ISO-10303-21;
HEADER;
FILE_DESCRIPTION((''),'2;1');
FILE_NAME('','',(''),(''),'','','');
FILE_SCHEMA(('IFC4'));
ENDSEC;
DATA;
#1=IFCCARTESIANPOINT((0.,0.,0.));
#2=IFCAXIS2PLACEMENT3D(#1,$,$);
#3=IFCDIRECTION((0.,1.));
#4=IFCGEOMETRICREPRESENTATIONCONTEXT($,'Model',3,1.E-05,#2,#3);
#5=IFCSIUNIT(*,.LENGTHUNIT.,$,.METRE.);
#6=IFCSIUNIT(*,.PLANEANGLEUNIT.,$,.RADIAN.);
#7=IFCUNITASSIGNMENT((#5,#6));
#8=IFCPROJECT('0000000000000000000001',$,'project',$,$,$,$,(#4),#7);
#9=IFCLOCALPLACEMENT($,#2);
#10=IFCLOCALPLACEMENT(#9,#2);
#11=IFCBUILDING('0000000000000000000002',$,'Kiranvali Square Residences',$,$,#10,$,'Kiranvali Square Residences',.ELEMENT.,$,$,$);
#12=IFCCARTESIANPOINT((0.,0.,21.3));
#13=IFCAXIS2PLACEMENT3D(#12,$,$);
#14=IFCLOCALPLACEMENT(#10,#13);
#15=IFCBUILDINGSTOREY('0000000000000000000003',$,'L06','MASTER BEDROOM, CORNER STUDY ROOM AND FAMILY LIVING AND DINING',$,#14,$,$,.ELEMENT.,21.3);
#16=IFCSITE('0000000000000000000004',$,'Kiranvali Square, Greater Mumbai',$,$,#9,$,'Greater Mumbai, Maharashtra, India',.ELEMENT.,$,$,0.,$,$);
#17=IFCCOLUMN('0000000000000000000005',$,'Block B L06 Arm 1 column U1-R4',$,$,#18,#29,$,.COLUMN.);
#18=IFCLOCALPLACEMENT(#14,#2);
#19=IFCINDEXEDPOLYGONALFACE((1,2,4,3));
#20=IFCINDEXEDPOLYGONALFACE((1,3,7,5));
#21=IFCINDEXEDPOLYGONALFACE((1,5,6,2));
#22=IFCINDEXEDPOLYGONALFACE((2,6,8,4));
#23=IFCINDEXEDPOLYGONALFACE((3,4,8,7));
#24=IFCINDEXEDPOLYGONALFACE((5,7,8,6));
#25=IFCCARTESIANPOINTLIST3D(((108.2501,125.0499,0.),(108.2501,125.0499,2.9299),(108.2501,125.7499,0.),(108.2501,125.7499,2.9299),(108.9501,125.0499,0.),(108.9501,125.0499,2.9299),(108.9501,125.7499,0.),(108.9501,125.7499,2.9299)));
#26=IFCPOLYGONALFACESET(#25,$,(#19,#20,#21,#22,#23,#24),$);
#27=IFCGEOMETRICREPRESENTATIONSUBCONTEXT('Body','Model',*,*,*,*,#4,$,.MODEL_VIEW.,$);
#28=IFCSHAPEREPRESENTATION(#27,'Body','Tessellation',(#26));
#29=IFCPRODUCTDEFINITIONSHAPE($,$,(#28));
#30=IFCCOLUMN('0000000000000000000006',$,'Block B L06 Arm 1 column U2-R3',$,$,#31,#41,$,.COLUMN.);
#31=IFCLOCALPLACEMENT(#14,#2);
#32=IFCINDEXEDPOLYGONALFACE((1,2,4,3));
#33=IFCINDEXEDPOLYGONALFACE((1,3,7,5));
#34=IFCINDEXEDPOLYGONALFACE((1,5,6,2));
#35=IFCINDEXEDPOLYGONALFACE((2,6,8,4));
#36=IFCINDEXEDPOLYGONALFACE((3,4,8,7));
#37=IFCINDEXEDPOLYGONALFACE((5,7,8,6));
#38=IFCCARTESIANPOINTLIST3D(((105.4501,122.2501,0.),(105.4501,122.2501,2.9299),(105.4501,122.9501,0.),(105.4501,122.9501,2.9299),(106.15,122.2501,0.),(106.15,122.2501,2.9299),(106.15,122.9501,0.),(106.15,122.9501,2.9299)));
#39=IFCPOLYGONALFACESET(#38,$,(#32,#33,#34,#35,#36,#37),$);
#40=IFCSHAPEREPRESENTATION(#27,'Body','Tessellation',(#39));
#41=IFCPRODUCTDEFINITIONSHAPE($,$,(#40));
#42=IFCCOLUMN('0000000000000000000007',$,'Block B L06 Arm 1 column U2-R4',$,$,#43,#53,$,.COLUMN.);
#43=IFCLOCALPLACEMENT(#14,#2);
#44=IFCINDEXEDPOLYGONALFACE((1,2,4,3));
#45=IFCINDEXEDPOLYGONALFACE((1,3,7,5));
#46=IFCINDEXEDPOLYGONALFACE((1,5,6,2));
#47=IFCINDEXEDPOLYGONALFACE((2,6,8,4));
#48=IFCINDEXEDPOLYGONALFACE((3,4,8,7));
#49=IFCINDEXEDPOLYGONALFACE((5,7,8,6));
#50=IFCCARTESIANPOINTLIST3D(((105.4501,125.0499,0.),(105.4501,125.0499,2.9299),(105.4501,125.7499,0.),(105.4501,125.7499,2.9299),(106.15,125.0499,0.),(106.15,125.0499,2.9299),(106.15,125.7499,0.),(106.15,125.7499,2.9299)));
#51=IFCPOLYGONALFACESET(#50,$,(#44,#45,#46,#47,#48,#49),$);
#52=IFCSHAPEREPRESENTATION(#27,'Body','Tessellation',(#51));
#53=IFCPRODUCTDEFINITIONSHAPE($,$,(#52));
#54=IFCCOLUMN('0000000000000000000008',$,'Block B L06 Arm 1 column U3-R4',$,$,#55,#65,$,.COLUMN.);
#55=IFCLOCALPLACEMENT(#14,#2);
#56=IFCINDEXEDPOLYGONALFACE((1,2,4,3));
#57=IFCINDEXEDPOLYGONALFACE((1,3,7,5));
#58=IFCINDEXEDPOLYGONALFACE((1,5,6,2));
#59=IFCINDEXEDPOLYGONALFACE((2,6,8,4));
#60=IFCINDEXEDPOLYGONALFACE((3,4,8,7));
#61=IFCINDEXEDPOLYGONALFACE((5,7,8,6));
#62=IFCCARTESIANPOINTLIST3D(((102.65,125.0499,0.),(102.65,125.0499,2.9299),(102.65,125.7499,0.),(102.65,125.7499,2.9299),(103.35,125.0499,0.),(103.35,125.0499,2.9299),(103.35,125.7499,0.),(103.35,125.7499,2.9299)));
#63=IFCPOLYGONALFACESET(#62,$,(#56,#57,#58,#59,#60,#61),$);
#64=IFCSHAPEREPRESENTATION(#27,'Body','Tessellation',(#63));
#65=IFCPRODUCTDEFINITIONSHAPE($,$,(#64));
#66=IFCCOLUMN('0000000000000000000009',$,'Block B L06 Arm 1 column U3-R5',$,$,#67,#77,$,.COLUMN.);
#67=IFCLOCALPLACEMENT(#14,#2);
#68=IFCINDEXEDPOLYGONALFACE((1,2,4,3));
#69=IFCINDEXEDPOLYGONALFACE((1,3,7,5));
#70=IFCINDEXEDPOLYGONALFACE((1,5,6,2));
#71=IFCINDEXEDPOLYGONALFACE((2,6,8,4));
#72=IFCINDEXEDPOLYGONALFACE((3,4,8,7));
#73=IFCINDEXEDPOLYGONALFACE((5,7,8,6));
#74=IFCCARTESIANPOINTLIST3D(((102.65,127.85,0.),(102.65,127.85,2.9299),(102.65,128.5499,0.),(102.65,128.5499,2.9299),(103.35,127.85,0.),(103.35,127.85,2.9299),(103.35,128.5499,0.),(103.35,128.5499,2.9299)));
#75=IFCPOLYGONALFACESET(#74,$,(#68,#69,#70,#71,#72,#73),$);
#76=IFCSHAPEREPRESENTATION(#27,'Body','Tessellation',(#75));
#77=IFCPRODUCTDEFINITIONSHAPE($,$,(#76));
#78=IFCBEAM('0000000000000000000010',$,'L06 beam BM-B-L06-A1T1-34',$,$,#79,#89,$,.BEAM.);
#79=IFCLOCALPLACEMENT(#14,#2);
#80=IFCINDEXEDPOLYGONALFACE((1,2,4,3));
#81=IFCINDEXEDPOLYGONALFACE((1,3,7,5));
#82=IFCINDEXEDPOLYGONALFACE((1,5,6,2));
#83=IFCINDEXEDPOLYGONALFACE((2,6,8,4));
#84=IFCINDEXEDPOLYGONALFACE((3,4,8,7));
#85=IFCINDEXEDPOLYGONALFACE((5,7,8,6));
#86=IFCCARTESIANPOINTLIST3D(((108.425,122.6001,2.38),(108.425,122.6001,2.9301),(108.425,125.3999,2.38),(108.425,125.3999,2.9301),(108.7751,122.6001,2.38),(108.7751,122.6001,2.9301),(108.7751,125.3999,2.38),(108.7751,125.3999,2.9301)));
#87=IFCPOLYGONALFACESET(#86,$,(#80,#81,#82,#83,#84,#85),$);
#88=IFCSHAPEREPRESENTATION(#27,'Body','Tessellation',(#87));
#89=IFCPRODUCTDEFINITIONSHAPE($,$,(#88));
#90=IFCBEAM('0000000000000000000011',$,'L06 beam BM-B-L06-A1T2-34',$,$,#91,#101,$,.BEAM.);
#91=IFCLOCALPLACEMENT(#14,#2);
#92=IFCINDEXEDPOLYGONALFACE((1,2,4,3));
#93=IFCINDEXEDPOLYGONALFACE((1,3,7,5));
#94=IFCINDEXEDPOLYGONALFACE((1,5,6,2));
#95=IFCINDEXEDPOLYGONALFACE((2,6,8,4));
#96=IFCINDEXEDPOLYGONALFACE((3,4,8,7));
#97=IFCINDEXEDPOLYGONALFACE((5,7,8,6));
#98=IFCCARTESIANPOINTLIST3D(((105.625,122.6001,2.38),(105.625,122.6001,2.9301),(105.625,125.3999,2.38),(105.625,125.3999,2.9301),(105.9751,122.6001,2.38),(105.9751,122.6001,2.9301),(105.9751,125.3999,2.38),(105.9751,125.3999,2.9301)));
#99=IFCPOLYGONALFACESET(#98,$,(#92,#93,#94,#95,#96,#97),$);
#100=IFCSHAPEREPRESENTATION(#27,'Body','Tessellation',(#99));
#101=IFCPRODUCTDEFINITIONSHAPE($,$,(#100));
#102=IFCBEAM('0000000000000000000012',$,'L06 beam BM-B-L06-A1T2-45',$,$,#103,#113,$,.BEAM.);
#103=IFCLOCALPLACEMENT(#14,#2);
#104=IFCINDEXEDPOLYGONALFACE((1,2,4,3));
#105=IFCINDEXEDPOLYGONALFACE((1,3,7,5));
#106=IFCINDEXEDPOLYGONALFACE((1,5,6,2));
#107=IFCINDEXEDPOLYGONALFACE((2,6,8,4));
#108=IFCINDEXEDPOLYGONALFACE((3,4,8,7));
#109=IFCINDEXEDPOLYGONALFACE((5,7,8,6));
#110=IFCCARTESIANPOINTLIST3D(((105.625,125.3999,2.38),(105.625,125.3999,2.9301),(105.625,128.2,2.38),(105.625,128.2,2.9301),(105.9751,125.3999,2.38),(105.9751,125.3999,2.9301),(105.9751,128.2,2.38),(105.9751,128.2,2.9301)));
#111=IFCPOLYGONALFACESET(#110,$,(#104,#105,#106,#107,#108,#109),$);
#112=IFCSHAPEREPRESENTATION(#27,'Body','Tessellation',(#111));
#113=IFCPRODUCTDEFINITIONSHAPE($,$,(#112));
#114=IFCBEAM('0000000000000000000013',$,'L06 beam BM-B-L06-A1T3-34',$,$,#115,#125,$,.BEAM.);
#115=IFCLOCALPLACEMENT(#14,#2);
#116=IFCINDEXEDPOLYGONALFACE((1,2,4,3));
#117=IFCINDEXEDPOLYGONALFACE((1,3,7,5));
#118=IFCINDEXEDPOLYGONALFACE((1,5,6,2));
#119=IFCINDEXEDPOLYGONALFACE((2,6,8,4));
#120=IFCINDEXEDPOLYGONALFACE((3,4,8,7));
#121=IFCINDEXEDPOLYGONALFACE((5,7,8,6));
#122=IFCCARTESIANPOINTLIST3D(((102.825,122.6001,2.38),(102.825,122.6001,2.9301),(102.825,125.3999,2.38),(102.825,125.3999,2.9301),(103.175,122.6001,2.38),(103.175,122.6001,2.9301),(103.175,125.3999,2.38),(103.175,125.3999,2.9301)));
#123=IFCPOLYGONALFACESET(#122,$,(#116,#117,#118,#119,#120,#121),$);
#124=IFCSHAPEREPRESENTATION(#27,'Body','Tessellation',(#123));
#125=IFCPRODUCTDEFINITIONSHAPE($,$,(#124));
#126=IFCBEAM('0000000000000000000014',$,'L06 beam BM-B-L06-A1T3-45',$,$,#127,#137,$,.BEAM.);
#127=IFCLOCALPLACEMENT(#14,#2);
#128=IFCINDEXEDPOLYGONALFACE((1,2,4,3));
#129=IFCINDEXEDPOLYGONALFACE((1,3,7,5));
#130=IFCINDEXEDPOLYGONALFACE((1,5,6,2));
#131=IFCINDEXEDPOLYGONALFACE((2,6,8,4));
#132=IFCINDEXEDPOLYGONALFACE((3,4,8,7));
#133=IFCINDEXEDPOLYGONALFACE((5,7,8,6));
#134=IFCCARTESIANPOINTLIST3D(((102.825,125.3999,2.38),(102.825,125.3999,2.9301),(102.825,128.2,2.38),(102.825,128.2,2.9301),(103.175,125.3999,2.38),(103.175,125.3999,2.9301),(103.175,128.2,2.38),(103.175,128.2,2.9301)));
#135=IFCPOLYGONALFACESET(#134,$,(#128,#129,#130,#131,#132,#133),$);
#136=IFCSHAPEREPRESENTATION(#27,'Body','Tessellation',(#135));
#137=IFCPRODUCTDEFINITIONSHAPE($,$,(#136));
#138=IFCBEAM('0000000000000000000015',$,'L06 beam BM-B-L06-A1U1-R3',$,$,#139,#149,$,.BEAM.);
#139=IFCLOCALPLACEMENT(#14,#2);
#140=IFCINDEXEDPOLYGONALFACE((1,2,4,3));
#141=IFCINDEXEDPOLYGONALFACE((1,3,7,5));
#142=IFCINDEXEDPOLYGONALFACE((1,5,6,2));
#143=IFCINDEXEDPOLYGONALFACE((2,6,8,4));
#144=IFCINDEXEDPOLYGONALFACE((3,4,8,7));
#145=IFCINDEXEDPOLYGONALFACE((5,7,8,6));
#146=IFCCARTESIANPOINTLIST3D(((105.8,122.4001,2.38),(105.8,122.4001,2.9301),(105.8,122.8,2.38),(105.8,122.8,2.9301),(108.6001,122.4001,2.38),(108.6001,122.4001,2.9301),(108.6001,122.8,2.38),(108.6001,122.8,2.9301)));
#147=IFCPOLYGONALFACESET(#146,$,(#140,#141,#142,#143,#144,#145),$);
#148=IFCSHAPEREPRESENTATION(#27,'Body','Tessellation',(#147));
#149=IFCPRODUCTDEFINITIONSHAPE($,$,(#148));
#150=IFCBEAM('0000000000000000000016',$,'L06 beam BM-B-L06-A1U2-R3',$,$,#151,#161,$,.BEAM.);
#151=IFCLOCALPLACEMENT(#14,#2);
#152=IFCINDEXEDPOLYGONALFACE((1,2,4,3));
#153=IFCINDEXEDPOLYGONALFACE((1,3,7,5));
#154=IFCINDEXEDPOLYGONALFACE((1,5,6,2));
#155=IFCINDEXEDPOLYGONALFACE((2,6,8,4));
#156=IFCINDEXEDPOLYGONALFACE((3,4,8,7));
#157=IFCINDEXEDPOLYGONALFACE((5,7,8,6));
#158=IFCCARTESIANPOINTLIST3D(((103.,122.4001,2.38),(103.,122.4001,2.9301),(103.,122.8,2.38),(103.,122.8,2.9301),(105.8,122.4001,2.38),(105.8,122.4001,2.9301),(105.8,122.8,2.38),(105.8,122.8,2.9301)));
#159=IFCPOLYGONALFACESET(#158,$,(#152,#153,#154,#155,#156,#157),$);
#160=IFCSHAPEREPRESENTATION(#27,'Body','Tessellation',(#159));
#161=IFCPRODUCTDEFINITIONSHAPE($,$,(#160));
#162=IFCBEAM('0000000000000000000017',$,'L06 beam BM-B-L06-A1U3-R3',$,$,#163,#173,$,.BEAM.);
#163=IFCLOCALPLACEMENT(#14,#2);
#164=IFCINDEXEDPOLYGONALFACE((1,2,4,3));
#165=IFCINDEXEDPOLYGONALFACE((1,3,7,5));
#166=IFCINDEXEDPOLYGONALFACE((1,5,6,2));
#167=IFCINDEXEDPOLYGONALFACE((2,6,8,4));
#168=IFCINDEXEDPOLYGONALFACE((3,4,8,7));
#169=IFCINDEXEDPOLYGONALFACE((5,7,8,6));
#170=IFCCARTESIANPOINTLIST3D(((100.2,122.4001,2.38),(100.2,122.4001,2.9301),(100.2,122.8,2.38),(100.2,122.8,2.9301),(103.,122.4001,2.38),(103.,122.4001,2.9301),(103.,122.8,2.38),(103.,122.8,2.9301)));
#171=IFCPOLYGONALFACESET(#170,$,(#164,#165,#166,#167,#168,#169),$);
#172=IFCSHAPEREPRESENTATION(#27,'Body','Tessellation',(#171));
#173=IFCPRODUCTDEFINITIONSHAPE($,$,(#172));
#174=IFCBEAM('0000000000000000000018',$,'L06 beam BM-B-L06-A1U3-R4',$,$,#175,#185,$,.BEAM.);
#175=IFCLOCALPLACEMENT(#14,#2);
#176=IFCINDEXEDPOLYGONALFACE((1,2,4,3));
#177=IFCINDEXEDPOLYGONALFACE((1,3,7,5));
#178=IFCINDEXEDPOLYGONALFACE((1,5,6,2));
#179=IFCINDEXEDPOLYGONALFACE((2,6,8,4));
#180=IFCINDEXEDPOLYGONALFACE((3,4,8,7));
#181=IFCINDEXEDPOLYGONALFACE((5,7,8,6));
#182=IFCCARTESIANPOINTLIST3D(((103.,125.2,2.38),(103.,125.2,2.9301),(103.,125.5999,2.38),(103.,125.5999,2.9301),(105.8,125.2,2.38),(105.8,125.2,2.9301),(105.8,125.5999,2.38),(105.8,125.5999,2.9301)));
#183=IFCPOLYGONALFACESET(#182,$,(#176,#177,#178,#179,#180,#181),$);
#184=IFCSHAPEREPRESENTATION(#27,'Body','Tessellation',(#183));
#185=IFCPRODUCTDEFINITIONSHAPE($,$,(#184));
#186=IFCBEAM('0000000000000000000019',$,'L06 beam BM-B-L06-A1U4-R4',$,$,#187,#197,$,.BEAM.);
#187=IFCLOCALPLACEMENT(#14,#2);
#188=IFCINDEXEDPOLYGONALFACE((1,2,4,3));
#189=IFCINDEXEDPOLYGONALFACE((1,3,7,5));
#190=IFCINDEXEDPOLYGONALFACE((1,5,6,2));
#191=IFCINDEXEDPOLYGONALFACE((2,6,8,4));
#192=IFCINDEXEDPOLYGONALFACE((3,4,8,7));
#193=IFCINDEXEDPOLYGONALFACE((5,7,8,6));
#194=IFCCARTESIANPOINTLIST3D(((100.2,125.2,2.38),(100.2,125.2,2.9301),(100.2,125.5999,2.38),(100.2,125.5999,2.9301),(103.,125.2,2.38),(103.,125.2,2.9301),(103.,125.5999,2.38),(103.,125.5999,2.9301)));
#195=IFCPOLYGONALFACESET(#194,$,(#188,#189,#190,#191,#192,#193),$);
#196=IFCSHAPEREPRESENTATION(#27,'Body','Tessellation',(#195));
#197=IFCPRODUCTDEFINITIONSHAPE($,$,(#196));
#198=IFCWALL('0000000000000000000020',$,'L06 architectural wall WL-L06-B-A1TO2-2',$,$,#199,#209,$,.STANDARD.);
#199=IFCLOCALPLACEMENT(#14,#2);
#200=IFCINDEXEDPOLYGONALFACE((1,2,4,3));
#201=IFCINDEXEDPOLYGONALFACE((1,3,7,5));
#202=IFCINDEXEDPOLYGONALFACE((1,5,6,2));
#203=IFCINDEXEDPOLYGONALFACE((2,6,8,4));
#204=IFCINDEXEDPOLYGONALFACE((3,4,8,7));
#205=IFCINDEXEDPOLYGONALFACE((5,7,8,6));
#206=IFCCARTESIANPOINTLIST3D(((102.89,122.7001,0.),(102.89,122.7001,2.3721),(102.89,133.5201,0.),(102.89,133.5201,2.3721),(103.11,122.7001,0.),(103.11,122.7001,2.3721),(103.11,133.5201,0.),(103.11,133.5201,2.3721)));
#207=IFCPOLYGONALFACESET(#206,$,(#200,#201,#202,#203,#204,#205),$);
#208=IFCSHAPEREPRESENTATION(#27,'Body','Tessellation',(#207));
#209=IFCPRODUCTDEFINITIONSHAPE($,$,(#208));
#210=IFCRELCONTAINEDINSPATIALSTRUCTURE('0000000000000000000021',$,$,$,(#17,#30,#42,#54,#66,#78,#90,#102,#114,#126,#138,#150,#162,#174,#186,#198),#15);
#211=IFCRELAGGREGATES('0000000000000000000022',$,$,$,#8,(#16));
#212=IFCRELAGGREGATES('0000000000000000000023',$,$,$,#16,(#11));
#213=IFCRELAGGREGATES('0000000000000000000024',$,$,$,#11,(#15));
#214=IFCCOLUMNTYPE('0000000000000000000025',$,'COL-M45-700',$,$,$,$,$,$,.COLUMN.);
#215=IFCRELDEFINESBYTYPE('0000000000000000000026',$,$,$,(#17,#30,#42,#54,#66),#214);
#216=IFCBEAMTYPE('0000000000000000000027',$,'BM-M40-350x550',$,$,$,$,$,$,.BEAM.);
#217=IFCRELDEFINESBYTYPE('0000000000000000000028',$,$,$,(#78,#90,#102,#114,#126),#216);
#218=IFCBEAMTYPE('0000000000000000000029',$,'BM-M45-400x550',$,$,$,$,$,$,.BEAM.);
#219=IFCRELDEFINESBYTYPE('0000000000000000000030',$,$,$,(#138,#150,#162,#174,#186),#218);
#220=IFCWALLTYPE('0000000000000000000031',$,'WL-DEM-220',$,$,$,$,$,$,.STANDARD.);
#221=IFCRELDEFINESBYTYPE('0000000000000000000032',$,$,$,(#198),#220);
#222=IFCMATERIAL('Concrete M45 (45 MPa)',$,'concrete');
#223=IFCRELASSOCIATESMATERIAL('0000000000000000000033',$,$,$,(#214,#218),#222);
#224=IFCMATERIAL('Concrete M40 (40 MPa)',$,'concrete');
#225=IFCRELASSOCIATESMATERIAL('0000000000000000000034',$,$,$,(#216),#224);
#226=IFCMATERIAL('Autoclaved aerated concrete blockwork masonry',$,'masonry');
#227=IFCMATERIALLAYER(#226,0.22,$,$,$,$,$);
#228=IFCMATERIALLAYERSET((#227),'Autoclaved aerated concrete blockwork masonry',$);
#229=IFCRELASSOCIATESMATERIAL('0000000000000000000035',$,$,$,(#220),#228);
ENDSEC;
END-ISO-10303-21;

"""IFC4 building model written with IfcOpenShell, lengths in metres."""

from ifc_helpers import new_model, si_unit, direction, frame, frame_2d, origin, origin_2d, place, context, subcontext, project, spatial, rectangle, extrude, material, layer, layer_set, material_profile, profile_set, type_object, element, save


model = new_model("IFC4")

# Units and contexts
model_context = context("Model", 3, precision=1e-05, world=origin(), true_north=direction((0.0, 1.0)))
body_context = subcontext(model_context, "Body", "Model", "MODEL_VIEW")
ifc_project = project(units=[si_unit("LENGTHUNIT", "METRE"), si_unit("PLANEANGLEUNIT", "RADIAN")], contexts=[model_context])

# Site, building, storey
site_placement = place(None, origin())
site = spatial("IfcSite", under=ifc_project, at=site_placement, Name="Kiranvali Square, Greater Mumbai", LongName="Greater Mumbai, Maharashtra, India", CompositionType="ELEMENT", RefElevation=0.0)
building_placement = place(site_placement, origin())
building = spatial("IfcBuilding", under=site, at=building_placement, Name="Kiranvali Square Residences", LongName="Kiranvali Square Residences", CompositionType="ELEMENT")
storey_placement = place(building_placement, frame((0.0, 0.0, 21.3)))
storey = spatial("IfcBuildingStorey", under=building, at=storey_placement, Name="L06", Description="MASTER BEDROOM, CORNER STUDY ROOM AND FAMILY LIVING AND DINING", CompositionType="ELEMENT", Elevation=21.3)

# Columns
ifc_material_1 = material(Name="Concrete M45 (45 MPa)", Category="concrete")
ifc_material_profile_1 = material_profile(ifc_material_1, rectangle(XDim=0.7, YDim=0.7, at=origin_2d()), Name="RC 700x700")
ifc_profile_set_1 = profile_set([ifc_material_profile_1], Name="Concrete M45 (45 MPa)")
column_type = type_object("IfcColumnType", Name="COL-M45-700", PredefinedType="COLUMN", material=ifc_profile_set_1)
for number, where, z_axis, x_axis, name in (
    (1, (108.6001, 125.3999, 0.0), (0.0, 0.0, 1.0), (1.0, 0.0, 0.0), "Block B L06 Arm 1 column U1-R4"),
    (2, (105.8, 122.6001, 0.0), (0.0, 0.0, 1.0), (1.0, 0.0, 0.0), "Block B L06 Arm 1 column U2-R3"),
    (3, (105.8, 125.3999, 0.0), (0.0, 0.0, 1.0), (1.0, 0.0, 0.0), "Block B L06 Arm 1 column U2-R4"),
    (4, (103.0, 125.3999, 0.0), (0.0, 0.0, 1.0), (1.0, 0.0, 0.0), "Block B L06 Arm 1 column U3-R4"),
    (5, (103.0, 128.2, 0.0), (0.0, 0.0, 1.0), (1.0, 0.0, 0.0), "Block B L06 Arm 1 column U3-R5"),
):
    element("IfcColumn", number, at=place(storey_placement, frame(where, z_axis=z_axis, x_axis=x_axis)), inside=storey, type_object=column_type, Name=name, PredefinedType="COLUMN", context=body_context, shape_type="SweptSolid", body=[
        extrude(rectangle(XDim=0.7, YDim=0.7, at=origin_2d()), origin(), (0.0, 0.0, 1.0), 2.9299),
    ])

# Beams
ifc_material_2 = material(Name="Concrete M40 (40 MPa)", Category="concrete")
ifc_material_profile_2 = material_profile(ifc_material_2, rectangle(XDim=0.3501, YDim=0.55, at=origin_2d()), Name="RC 350x550")
ifc_profile_set_2 = profile_set([ifc_material_profile_2], Name="Concrete M40 (40 MPa)")
beam_type_1 = type_object("IfcBeamType", Name="BM-M40-350x550", PredefinedType="BEAM", material=ifc_profile_set_2)
for number, where, z_axis, x_axis, name in (
    (6, (108.6001, 122.6001, 2.655), (0.0, 1.0, 0.0), (-1.0, 0.0, 0.0), "L06 beam BM-B-L06-A1T1-34"),
    (7, (105.8, 122.6001, 2.655), (0.0, 1.0, 0.0), (-1.0, 0.0, 0.0), "L06 beam BM-B-L06-A1T2-34"),
):
    element("IfcBeam", number, at=place(storey_placement, frame(where, z_axis=z_axis, x_axis=x_axis)), inside=storey, type_object=beam_type_1, Name=name, PredefinedType="BEAM", context=body_context, shape_type="SweptSolid", body=[
        extrude(rectangle(XDim=0.3501, YDim=0.55, at=origin_2d()), origin(), (0.0, 0.0, 1.0), 2.7998),
    ])
beam_1_placement = place(storey_placement, frame((105.8, 125.3999, 2.655), z_axis=(0.0, 1.0, 0.0), x_axis=(-1.0, 0.0, 0.0)))
element("IfcBeam", 8, at=beam_1_placement, inside=storey, type_object=beam_type_1, Name="L06 beam BM-B-L06-A1T2-45", PredefinedType="BEAM", context=body_context, shape_type="SweptSolid", body=[
    extrude(rectangle(XDim=0.3501, YDim=0.55, at=origin_2d()), origin(), (0.0, 0.0, 1.0), 2.8),
])
beam_2_placement = place(storey_placement, frame((103.0, 122.6001, 2.655), z_axis=(0.0, 1.0, 0.0), x_axis=(-1.0, 0.0, 0.0)))
element("IfcBeam", 9, at=beam_2_placement, inside=storey, type_object=beam_type_1, Name="L06 beam BM-B-L06-A1T3-34", PredefinedType="BEAM", context=body_context, shape_type="SweptSolid", body=[
    extrude(rectangle(XDim=0.3501, YDim=0.55, at=origin_2d()), origin(), (0.0, 0.0, 1.0), 2.7998),
])
beam_3_placement = place(storey_placement, frame((103.0, 125.3999, 2.655), z_axis=(0.0, 1.0, 0.0), x_axis=(-1.0, 0.0, 0.0)))
element("IfcBeam", 10, at=beam_3_placement, inside=storey, type_object=beam_type_1, Name="L06 beam BM-B-L06-A1T3-45", PredefinedType="BEAM", context=body_context, shape_type="SweptSolid", body=[
    extrude(rectangle(XDim=0.3501, YDim=0.55, at=origin_2d()), origin(), (0.0, 0.0, 1.0), 2.8),
])
ifc_material_profile_3 = material_profile(ifc_material_1, rectangle(XDim=0.3999, YDim=0.55, at=origin_2d()), Name="RC 400x550")
ifc_profile_set_3 = profile_set([ifc_material_profile_3], Name="Concrete M45 (45 MPa)")
beam_type_2 = type_object("IfcBeamType", Name="BM-M45-400x550", PredefinedType="BEAM", material=ifc_profile_set_3)
for number, where, z_axis, x_axis, name in (
    (11, (108.6001, 122.6001, 2.655), (-1.0, 0.0, 0.0), (0.0, -1.0, 0.0), "L06 beam BM-B-L06-A1U1-R3"),
    (12, (105.8, 122.6001, 2.655), (-1.0, 0.0, 0.0), (0.0, -1.0, 0.0), "L06 beam BM-B-L06-A1U2-R3"),
    (13, (103.0, 122.6001, 2.655), (-1.0, 0.0, 0.0), (0.0, -1.0, 0.0), "L06 beam BM-B-L06-A1U3-R3"),
    (14, (105.8, 125.3999, 2.655), (-1.0, 0.0, 0.0), (0.0, -1.0, 0.0), "L06 beam BM-B-L06-A1U3-R4"),
    (15, (103.0, 125.3999, 2.655), (-1.0, 0.0, 0.0), (0.0, -1.0, 0.0), "L06 beam BM-B-L06-A1U4-R4"),
):
    element("IfcBeam", number, at=place(storey_placement, frame(where, z_axis=z_axis, x_axis=x_axis)), inside=storey, type_object=beam_type_2, Name=name, PredefinedType="BEAM", context=body_context, shape_type="SweptSolid", body=[
        extrude(rectangle(XDim=0.3999, YDim=0.55, at=origin_2d()), origin(), (0.0, 0.0, 1.0), 2.8),
    ])

# Wall
ifc_material_3 = material(Name="Autoclaved aerated concrete blockwork masonry", Category="masonry")
ifc_layer_1 = layer(ifc_material_3, 0.22)
ifc_layer_set_1 = layer_set([ifc_layer_1], Name="Autoclaved aerated concrete blockwork masonry")
wall_type_1 = type_object("IfcWallType", Name="WL-DEM-220", PredefinedType="STANDARD", material=ifc_layer_set_1)
wall_1_placement = place(storey_placement, frame((103.0, 122.7, 0.0), z_axis=(0.0, 0.0, 1.0), x_axis=(0.0, 1.0, 0.0)))
element("IfcWall", 16, at=wall_1_placement, inside=storey, type_object=wall_type_1, Name="L06 architectural wall WL-L06-B-A1TO2-2", PredefinedType="STANDARD", context=body_context, shape_type="SweptSolid", body=[
    extrude(rectangle(XDim=10.8201, YDim=0.22, at=frame_2d((5.4102, 0.0))), origin(), (0.0, 0.0, 1.0), 2.3721),
])

save(model, "model.ifc")
